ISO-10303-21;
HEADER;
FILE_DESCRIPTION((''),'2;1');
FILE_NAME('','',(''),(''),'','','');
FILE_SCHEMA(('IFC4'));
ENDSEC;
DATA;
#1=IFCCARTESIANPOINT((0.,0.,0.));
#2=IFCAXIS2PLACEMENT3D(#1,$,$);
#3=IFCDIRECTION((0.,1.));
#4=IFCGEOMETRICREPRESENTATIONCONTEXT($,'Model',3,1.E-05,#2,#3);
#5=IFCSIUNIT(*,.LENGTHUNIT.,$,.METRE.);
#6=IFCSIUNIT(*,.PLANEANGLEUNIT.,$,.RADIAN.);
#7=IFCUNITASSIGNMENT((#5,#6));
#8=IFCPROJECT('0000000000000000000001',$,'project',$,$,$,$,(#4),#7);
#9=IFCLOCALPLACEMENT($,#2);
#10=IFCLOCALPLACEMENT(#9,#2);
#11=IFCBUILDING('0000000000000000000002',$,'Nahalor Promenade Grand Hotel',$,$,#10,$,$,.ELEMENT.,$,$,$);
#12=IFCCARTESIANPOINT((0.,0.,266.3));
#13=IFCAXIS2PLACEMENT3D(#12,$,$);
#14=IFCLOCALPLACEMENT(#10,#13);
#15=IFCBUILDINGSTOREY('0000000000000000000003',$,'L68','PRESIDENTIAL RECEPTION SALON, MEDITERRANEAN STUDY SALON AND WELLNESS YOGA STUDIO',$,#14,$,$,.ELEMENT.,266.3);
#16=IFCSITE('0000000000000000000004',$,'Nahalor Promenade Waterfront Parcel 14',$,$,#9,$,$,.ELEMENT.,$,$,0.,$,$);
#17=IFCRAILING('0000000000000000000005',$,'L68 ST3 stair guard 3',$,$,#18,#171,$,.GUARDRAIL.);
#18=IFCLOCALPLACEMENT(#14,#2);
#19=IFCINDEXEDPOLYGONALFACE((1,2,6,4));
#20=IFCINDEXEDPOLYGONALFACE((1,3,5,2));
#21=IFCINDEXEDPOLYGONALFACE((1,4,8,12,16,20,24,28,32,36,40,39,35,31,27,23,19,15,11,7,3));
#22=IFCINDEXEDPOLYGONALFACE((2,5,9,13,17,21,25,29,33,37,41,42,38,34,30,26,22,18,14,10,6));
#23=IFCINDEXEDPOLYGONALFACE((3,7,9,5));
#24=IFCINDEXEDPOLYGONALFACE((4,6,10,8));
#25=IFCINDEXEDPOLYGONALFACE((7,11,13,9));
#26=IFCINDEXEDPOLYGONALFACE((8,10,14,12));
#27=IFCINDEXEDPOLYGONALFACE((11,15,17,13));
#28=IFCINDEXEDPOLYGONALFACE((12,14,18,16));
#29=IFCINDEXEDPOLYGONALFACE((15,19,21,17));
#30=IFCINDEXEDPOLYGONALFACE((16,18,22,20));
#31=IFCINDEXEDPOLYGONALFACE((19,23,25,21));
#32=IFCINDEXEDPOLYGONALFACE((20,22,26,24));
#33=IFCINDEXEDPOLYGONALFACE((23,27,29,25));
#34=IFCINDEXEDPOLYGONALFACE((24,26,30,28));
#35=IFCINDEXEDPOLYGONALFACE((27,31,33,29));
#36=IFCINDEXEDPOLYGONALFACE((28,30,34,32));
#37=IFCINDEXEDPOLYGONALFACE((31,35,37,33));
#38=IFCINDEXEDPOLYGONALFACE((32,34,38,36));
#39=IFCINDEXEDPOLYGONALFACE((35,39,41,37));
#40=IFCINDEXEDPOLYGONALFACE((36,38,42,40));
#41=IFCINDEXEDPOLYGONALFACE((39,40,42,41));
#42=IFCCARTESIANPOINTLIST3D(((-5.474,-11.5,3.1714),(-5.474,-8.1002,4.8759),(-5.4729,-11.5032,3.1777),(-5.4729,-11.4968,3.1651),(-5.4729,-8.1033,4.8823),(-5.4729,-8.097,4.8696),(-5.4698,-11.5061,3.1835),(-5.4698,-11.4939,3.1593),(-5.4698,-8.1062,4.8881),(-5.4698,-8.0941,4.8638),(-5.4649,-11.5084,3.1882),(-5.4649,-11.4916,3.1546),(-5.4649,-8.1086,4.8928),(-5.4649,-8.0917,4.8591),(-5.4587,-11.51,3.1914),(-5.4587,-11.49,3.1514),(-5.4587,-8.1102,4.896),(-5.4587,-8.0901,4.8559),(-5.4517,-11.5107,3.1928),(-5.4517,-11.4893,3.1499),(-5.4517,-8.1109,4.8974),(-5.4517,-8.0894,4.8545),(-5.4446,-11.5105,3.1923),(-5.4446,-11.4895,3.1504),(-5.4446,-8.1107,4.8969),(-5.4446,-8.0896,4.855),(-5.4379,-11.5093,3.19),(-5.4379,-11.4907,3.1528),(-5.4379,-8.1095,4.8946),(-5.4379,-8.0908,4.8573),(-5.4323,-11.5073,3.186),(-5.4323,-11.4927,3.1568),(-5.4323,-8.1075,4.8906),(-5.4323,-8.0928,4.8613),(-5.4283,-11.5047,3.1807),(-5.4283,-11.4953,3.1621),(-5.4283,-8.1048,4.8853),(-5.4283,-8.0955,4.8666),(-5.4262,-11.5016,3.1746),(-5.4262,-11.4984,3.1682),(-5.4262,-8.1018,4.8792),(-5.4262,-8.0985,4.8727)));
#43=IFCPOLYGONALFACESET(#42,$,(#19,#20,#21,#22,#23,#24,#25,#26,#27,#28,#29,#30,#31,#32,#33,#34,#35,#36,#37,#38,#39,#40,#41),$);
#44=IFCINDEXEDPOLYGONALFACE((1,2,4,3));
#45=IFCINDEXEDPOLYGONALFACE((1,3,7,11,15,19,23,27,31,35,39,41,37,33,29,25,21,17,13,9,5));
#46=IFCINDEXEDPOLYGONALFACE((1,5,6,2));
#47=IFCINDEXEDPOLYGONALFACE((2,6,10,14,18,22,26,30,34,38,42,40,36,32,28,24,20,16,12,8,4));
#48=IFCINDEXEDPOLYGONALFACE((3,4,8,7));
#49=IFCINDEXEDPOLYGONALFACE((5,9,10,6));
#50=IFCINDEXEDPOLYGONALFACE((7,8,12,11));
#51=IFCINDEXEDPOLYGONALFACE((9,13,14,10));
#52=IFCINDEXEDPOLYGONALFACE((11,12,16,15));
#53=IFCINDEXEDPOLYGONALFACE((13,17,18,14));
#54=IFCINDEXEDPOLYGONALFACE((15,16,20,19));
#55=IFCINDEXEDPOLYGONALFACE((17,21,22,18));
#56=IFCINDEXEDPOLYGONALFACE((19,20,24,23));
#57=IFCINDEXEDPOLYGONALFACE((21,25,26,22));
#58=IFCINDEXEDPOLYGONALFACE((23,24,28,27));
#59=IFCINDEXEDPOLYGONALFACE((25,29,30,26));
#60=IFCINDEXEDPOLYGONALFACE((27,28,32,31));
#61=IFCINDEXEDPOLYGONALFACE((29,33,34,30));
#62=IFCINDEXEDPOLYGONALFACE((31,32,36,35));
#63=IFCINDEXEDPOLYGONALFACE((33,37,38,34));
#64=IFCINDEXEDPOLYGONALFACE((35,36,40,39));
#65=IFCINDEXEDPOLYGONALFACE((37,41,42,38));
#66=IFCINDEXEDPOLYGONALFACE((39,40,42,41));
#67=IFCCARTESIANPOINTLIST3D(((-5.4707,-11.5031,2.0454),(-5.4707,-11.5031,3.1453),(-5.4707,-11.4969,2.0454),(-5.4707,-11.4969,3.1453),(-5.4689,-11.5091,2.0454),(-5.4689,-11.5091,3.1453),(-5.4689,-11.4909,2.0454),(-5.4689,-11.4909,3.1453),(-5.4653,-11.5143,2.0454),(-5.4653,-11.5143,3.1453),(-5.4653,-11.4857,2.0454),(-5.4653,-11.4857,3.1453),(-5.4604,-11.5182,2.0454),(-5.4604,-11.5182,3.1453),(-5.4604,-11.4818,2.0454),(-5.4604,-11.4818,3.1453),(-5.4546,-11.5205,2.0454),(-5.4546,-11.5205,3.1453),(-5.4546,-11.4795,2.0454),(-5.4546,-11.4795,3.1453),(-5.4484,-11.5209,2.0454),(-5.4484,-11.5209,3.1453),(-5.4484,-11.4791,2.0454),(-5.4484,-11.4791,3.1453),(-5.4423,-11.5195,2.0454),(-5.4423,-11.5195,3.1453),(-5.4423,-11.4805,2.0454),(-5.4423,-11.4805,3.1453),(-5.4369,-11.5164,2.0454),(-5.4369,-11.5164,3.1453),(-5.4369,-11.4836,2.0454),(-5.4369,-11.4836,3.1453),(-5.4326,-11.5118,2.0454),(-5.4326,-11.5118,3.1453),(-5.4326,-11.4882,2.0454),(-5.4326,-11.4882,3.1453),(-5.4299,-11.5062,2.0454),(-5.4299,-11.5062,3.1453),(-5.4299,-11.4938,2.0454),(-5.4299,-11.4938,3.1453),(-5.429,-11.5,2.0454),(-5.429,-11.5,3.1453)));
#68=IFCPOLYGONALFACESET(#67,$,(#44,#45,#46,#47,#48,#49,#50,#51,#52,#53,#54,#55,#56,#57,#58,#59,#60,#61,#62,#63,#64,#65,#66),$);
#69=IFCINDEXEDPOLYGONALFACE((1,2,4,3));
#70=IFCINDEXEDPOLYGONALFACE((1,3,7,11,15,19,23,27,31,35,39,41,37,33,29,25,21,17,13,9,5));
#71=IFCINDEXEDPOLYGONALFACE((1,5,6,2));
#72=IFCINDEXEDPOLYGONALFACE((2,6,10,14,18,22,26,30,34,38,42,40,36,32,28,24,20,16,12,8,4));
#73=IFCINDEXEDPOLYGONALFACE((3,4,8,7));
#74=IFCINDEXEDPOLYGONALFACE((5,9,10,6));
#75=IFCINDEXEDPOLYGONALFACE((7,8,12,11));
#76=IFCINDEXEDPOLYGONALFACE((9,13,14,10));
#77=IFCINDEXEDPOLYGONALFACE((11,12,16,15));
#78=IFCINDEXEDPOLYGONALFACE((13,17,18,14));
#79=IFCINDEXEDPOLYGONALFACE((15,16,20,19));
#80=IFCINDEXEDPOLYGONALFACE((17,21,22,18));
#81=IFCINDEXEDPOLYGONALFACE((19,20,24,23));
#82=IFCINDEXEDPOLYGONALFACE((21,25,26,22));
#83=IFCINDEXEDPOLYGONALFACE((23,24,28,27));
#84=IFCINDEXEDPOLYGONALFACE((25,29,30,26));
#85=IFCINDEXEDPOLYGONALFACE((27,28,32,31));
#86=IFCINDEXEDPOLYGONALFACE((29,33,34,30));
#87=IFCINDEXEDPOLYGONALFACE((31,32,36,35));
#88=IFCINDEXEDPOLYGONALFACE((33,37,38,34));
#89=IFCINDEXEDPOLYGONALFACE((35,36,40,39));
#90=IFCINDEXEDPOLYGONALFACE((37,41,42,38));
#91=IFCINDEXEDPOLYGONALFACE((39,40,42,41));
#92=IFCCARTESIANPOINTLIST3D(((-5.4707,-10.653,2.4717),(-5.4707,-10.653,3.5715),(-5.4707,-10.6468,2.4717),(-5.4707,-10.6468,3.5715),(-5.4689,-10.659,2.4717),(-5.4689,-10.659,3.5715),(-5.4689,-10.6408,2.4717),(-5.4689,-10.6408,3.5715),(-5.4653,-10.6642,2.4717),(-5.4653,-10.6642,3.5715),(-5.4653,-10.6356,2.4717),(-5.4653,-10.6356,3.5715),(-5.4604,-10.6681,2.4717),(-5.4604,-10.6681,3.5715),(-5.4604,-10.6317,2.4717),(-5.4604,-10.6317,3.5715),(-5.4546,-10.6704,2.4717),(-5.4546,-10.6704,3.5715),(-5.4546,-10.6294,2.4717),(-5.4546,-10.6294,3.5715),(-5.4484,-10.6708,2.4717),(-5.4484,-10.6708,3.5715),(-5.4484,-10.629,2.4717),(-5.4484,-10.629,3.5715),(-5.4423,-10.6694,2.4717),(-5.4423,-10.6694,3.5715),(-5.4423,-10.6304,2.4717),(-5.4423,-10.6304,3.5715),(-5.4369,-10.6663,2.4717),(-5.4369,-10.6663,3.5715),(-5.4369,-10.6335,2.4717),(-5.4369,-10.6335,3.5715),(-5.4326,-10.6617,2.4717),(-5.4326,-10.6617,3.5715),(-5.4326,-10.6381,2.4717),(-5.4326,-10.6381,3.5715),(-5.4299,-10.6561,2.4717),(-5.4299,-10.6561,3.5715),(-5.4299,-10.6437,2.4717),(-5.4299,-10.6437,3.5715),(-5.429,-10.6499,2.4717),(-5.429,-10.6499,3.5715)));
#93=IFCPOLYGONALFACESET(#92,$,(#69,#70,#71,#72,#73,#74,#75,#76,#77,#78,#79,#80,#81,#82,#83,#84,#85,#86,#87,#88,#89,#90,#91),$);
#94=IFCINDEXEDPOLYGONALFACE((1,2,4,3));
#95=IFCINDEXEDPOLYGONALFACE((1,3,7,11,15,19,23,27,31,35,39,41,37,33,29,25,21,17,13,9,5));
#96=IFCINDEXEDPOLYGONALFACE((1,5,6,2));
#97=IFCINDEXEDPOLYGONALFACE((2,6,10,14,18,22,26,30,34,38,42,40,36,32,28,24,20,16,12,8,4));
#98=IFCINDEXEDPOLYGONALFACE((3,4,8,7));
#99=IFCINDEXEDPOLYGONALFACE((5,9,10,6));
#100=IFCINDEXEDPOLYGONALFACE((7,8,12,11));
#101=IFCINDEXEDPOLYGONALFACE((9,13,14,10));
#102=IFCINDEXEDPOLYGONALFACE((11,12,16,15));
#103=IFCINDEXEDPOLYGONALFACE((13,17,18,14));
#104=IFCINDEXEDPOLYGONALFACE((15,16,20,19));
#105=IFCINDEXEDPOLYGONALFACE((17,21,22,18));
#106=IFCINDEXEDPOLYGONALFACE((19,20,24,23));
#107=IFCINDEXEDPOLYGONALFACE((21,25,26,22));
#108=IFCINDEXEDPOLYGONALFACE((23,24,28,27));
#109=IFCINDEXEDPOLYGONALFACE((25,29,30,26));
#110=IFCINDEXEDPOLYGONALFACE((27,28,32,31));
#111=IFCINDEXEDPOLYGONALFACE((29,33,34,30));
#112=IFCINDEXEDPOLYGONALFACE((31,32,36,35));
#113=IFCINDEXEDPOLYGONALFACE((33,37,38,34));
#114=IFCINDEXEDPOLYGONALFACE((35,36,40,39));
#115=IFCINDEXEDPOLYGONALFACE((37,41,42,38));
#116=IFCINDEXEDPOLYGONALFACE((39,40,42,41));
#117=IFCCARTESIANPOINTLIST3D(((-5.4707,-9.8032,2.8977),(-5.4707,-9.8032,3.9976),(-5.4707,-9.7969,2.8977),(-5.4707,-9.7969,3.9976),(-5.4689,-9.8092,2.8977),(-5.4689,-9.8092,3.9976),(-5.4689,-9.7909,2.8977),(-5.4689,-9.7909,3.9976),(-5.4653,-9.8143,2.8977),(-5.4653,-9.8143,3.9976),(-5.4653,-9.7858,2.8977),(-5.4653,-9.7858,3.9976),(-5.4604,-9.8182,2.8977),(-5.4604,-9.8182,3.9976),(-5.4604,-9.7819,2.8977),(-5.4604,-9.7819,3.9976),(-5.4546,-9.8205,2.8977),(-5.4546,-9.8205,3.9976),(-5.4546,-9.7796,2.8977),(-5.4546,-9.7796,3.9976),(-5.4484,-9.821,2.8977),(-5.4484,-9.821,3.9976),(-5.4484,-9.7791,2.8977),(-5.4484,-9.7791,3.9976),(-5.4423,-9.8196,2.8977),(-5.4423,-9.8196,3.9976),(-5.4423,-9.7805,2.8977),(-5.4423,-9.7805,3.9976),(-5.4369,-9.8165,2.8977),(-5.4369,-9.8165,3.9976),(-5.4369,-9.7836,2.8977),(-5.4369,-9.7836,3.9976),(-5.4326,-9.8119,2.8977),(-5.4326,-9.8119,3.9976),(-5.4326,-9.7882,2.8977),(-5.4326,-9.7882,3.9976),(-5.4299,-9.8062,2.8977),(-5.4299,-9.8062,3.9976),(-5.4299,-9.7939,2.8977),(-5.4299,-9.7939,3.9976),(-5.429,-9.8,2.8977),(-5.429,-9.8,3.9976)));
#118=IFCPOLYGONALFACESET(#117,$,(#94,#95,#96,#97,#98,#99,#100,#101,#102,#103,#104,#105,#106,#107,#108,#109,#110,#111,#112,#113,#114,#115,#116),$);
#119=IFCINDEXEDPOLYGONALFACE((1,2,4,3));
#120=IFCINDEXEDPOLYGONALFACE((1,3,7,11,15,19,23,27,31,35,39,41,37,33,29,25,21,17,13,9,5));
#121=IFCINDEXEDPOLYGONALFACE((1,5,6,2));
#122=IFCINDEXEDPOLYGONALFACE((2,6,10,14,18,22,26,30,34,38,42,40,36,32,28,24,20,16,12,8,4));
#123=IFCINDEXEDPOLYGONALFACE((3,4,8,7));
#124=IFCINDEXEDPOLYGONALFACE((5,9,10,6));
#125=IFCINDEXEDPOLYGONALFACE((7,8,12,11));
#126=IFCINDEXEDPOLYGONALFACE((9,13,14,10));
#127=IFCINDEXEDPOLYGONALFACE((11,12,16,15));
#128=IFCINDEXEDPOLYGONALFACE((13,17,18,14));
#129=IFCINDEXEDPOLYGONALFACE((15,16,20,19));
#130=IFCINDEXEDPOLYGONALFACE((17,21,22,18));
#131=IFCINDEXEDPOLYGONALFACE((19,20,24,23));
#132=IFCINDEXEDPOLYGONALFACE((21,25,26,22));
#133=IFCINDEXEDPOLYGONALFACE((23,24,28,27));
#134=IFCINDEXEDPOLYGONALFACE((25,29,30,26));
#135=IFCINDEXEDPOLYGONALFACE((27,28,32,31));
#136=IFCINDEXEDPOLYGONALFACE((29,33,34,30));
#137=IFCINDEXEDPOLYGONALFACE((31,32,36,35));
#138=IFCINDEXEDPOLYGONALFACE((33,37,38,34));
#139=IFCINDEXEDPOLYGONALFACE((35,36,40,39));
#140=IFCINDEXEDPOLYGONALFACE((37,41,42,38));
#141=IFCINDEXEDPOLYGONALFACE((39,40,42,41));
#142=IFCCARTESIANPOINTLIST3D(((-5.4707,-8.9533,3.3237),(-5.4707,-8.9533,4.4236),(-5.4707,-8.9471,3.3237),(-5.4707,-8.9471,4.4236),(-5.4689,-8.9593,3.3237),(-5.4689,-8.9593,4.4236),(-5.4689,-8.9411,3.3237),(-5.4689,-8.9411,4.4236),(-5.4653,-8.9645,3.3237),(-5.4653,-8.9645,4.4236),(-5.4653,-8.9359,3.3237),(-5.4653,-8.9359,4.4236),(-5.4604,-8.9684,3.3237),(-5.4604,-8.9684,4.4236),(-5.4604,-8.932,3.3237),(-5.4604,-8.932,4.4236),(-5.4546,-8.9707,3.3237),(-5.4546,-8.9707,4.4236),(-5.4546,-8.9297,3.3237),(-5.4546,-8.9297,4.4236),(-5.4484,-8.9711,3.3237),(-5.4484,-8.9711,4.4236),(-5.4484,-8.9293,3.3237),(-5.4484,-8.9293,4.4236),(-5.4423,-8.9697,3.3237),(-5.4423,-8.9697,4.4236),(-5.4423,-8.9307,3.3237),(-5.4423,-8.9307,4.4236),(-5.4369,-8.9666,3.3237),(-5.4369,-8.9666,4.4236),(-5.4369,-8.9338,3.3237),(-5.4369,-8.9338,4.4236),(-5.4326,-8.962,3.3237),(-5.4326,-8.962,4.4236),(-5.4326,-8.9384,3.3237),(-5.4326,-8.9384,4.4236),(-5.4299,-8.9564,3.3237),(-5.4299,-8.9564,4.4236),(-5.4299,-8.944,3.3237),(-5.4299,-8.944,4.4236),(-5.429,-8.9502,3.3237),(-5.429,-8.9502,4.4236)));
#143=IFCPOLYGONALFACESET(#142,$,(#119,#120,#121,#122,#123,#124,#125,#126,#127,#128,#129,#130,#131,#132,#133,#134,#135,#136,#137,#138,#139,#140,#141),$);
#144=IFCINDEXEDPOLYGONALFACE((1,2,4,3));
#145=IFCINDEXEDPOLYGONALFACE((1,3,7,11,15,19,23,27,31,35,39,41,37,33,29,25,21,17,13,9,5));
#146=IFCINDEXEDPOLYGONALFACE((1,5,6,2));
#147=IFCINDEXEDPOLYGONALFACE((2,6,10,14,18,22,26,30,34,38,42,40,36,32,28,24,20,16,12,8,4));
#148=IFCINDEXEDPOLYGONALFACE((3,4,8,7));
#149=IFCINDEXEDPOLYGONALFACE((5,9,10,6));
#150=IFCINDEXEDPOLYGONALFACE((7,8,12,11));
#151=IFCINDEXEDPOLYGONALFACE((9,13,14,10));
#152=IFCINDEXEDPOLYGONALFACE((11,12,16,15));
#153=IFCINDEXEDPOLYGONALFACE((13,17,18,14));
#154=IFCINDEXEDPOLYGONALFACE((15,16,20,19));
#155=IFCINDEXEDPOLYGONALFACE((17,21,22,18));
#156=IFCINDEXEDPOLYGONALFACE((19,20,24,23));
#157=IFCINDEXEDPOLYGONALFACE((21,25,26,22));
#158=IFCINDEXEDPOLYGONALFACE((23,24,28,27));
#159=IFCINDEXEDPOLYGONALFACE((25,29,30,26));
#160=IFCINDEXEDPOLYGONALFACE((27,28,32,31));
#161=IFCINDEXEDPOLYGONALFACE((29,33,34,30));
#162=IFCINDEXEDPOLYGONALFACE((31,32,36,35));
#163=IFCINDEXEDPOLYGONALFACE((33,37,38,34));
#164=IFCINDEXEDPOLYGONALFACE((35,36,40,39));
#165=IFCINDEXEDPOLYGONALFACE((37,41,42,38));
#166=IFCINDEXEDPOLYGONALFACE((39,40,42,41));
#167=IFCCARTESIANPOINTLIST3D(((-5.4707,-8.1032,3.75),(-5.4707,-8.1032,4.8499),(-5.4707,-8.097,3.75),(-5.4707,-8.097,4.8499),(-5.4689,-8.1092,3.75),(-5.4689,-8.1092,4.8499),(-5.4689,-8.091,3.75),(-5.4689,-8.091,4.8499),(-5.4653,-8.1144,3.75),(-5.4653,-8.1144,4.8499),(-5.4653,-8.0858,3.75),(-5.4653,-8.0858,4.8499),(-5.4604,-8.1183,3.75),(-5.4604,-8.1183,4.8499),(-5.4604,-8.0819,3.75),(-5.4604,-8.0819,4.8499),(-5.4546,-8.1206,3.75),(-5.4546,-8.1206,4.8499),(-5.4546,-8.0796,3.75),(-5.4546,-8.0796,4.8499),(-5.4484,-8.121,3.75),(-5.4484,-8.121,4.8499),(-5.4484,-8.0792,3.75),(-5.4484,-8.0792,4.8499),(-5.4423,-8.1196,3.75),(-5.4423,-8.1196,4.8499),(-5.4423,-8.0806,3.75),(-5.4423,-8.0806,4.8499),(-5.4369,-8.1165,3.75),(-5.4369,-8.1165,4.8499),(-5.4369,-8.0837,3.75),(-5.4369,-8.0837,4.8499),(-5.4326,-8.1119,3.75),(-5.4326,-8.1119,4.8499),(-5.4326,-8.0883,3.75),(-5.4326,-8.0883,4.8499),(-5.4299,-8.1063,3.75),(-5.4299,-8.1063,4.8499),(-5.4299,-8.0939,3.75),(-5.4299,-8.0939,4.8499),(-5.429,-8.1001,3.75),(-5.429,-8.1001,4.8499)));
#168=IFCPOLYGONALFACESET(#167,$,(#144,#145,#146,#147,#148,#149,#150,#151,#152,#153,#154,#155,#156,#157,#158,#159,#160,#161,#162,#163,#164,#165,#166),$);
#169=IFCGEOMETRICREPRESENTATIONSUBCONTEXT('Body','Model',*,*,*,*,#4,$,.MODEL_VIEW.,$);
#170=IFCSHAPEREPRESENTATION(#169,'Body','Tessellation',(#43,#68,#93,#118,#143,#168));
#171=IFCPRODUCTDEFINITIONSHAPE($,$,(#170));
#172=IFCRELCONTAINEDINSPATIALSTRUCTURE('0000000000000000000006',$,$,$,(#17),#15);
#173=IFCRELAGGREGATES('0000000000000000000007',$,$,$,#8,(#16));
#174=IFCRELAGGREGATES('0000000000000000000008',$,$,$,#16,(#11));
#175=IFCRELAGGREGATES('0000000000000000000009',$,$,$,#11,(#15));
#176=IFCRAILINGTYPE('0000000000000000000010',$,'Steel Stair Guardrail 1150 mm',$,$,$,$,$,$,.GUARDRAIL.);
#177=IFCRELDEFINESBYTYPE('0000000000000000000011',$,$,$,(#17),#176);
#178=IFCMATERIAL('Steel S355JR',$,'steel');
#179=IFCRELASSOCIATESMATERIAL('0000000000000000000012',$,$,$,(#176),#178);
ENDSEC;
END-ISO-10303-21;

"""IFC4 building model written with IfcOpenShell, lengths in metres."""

from ifc_helpers import new_model, si_unit, direction, frame, origin, origin_2d, place, context, subcontext, project, spatial, circle, extrude, material, type_object, element, save


model = new_model("IFC4")

# Units and contexts
model_context = context("Model", 3, precision=1e-05, world=origin(), true_north=direction((0.0, 1.0)))
body_context = subcontext(model_context, "Body", "Model", "MODEL_VIEW")
ifc_project = project(units=[si_unit("LENGTHUNIT", "METRE"), si_unit("PLANEANGLEUNIT", "RADIAN")], contexts=[model_context])

# Site, building, storey
site_placement = place(None, origin())
site = spatial("IfcSite", under=ifc_project, at=site_placement, Name="Nahalor Promenade Waterfront Parcel 14", CompositionType="ELEMENT", RefElevation=0.0)
building_placement = place(site_placement, origin())
building = spatial("IfcBuilding", under=site, at=building_placement, Name="Nahalor Promenade Grand Hotel", CompositionType="ELEMENT")
storey_placement = place(building_placement, frame((0.0, 0.0, 266.3)))
storey = spatial("IfcBuildingStorey", under=building, at=storey_placement, Name="L68", Description="PRESIDENTIAL RECEPTION SALON, MEDITERRANEAN STUDY SALON AND WELLNESS YOGA STUDIO", CompositionType="ELEMENT", Elevation=266.3)

# Shared definitions
ifc_material_1 = material(Name="Steel S355JR", Category="steel")

# Railing
railing_type_1 = type_object("IfcRailingType", Name="Steel Stair Guardrail 1150 mm", PredefinedType="GUARDRAIL", material=ifc_material_1)
railing_1_placement = place(storey_placement, frame((-5.45, -11.5, 2.0454)))
element("IfcRailing", 1, at=railing_1_placement, inside=storey, type_object=railing_type_1, Name="L68 ST3 stair guard 3", PredefinedType="GUARDRAIL", context=body_context, shape_type="SweptSolid", body=[
    extrude(circle(Radius=0.024, at=origin_2d()), frame((0.0, 0.0, 1.126), z_axis=(0.0, 0.893939, 0.448189), x_axis=(-1.0, 0.0, 0.0)), (0.0, 0.0, 1.0), 3.8032),
    extrude(circle(Radius=0.021, at=origin_2d()), origin(), (0.0, 0.0, 1.0), 1.0999),
    extrude(circle(Radius=0.021, at=origin_2d()), frame((0.0, 0.8501, 0.4263)), (0.0, 0.0, 1.0), 1.0999),
    extrude(circle(Radius=0.021, at=origin_2d()), frame((0.0, 1.7, 0.8523)), (0.0, 0.0, 1.0), 1.0999),
    extrude(circle(Radius=0.021, at=origin_2d()), frame((0.0, 2.5498, 1.2783)), (0.0, 0.0, 1.0), 1.0999),
    extrude(circle(Radius=0.021, at=origin_2d()), frame((0.0, 3.3999, 1.7046)), (0.0, 0.0, 1.0), 1.0999),
])

save(model, "model.ifc")
